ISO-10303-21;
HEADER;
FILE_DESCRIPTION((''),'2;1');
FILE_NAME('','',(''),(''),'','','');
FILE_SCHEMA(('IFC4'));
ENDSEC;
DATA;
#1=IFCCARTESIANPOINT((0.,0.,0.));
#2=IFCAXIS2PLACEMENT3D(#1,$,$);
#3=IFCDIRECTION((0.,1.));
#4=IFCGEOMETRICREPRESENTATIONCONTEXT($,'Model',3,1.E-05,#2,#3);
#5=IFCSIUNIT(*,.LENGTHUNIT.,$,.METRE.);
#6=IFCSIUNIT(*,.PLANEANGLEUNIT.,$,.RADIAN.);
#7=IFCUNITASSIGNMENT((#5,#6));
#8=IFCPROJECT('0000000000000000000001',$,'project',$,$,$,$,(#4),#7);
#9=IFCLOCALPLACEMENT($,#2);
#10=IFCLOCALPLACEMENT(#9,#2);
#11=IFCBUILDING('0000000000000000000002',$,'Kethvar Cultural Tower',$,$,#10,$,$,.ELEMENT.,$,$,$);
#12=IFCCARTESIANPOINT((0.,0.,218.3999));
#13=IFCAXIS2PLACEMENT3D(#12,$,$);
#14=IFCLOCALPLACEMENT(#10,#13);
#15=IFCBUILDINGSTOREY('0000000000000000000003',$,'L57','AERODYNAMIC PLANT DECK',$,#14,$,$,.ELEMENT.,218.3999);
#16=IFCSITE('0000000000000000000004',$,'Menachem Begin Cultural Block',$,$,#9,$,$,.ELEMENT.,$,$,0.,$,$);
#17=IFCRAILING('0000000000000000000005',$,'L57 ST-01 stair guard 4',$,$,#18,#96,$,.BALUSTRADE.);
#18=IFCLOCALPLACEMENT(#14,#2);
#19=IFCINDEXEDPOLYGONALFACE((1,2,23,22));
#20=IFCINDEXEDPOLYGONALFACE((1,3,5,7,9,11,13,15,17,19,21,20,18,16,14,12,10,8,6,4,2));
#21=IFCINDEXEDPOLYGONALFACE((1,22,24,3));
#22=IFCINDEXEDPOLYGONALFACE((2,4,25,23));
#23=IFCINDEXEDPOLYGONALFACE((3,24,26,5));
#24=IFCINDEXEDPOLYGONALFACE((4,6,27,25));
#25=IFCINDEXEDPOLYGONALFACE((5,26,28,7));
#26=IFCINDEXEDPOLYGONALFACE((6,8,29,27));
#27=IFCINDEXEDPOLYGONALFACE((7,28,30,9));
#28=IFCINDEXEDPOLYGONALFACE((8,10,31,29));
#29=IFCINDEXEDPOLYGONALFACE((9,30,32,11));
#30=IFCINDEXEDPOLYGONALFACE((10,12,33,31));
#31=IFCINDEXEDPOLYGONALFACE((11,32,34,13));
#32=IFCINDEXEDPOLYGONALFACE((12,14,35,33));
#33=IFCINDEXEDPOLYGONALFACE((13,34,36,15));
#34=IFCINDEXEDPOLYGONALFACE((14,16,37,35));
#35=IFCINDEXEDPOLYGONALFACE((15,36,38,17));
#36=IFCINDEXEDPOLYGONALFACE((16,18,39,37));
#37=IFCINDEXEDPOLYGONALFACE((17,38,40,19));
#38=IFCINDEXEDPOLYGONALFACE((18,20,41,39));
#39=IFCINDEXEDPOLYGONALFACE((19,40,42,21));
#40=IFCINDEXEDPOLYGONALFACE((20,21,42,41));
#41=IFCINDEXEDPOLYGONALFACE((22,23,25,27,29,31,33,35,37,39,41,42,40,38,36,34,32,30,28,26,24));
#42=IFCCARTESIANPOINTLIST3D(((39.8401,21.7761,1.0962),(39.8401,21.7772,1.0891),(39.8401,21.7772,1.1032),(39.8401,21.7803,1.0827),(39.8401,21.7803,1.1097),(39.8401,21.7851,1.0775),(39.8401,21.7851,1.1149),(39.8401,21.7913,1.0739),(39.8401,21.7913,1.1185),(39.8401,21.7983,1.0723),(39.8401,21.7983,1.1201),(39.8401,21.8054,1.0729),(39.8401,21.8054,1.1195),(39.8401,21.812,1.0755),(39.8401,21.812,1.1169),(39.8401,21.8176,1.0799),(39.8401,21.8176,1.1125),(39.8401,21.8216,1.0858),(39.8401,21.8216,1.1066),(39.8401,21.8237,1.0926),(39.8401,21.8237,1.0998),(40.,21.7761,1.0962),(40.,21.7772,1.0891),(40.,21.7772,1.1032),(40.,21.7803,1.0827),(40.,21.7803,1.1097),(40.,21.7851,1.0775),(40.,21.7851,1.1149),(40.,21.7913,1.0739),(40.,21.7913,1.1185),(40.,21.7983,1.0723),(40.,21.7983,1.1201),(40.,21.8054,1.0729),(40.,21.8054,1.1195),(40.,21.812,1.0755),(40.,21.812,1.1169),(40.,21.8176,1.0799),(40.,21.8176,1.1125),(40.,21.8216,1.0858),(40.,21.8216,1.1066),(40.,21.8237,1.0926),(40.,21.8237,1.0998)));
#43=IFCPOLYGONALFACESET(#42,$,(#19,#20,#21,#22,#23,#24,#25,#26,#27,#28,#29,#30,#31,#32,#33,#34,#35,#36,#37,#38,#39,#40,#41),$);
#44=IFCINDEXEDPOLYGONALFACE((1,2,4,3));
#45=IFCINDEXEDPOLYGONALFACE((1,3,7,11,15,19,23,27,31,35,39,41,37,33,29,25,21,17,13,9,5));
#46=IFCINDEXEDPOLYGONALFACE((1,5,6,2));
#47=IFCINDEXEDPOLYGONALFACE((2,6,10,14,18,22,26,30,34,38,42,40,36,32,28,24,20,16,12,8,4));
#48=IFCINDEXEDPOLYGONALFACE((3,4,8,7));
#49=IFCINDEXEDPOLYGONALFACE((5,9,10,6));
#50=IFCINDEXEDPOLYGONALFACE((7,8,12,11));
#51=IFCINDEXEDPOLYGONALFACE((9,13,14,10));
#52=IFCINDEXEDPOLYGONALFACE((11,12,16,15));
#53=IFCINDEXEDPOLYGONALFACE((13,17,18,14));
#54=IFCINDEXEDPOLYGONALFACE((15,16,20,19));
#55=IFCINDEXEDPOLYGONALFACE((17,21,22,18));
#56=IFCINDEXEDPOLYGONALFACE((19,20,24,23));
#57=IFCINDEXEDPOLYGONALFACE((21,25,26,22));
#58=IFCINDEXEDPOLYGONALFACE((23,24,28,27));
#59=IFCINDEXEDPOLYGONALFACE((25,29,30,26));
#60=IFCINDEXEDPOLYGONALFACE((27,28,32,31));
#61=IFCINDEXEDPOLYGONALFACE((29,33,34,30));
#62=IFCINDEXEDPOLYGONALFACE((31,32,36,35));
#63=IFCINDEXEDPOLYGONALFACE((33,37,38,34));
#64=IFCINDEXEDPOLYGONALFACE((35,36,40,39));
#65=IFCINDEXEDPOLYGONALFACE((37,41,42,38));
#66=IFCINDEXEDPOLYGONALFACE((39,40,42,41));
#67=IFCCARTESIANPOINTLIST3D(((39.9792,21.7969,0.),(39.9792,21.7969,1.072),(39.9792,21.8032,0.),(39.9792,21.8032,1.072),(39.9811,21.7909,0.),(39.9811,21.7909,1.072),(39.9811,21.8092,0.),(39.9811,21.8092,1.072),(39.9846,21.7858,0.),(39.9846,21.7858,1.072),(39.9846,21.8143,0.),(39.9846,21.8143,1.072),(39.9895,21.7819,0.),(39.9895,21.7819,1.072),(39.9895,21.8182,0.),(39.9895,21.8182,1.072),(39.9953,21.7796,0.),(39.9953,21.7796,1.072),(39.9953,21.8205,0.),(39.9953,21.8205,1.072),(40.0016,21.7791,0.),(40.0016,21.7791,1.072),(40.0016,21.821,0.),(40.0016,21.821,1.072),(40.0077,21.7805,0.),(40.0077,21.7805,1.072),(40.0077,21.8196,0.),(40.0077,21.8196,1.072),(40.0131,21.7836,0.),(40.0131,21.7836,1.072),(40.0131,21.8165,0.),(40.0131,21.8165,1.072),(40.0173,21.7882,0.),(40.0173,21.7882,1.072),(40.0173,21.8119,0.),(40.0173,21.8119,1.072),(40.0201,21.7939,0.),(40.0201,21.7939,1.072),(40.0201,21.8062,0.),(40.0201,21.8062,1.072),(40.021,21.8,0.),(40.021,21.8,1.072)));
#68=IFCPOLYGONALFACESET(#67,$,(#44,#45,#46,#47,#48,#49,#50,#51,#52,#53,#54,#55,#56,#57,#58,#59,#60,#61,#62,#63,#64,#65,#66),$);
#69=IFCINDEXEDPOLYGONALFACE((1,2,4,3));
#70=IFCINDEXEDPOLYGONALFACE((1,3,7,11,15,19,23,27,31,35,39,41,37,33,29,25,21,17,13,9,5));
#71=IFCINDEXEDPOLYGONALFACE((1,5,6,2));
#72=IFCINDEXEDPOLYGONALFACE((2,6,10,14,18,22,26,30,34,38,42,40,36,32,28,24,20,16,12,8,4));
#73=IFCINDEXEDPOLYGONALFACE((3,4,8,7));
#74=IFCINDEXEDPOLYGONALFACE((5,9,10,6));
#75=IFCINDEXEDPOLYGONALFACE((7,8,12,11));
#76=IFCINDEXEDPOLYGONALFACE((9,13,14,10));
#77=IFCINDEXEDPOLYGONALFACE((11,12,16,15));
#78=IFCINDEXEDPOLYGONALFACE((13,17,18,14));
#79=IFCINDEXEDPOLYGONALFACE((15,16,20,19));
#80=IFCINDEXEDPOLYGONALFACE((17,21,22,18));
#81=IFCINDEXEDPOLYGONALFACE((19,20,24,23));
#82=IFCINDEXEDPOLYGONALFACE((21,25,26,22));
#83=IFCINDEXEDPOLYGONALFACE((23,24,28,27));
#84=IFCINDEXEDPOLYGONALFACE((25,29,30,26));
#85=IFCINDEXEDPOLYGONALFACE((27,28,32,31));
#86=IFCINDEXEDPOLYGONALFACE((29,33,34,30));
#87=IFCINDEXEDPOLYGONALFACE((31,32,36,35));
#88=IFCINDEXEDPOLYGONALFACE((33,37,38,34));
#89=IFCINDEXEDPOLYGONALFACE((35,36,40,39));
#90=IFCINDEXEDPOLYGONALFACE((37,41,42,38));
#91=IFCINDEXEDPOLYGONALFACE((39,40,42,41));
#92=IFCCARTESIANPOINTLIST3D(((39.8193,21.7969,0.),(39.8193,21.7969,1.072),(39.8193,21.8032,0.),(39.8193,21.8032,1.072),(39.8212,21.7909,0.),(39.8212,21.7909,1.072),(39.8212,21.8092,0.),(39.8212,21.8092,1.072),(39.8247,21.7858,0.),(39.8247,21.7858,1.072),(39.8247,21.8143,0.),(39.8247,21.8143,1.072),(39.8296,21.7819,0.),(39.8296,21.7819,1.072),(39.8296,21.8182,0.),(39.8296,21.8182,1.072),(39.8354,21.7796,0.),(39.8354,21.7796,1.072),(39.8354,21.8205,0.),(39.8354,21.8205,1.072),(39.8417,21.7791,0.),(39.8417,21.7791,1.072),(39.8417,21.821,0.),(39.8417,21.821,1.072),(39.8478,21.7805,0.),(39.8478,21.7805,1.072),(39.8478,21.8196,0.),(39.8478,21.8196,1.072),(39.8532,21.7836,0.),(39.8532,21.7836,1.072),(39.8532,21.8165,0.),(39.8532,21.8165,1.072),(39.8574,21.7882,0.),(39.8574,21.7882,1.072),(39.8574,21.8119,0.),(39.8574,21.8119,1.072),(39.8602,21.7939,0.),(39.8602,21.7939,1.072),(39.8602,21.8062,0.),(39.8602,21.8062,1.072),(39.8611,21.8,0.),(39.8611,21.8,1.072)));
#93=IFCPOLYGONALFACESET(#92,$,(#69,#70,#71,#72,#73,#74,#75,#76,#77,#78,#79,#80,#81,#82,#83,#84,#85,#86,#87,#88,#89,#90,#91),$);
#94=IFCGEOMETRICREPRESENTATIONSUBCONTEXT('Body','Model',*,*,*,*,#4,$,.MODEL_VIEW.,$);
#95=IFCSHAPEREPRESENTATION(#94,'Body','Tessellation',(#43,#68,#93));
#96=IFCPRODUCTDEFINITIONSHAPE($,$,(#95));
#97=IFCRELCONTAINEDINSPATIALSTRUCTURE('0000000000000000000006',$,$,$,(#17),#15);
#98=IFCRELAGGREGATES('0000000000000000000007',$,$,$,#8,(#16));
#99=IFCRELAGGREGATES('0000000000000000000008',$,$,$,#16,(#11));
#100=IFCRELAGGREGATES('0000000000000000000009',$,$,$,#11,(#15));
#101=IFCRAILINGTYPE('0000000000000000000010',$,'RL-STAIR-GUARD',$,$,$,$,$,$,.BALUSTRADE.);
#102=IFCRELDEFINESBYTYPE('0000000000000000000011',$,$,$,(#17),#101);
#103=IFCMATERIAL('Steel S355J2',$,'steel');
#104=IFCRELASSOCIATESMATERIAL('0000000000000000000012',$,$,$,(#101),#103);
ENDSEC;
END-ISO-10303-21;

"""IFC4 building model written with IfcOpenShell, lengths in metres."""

from ifc_helpers import new_model, si_unit, direction, frame, origin, origin_2d, place, context, subcontext, project, spatial, circle, extrude, material, type_object, element, save


model = new_model("IFC4")

# Units and contexts
model_context = context("Model", 3, precision=1e-05, world=origin(), true_north=direction((0.0, 1.0)))
body_context = subcontext(model_context, "Body", "Model", "MODEL_VIEW")
ifc_project = project(units=[si_unit("LENGTHUNIT", "METRE"), si_unit("PLANEANGLEUNIT", "RADIAN")], contexts=[model_context])

# Site, building, storey
site_placement = place(None, origin())
site = spatial("IfcSite", under=ifc_project, at=site_placement, Name="Menachem Begin Cultural Block", CompositionType="ELEMENT", RefElevation=0.0)
building_placement = place(site_placement, origin())
building = spatial("IfcBuilding", under=site, at=building_placement, Name="Kethvar Cultural Tower", CompositionType="ELEMENT")
storey_placement = place(building_placement, frame((0.0, 0.0, 218.3999)))
storey = spatial("IfcBuildingStorey", under=building, at=storey_placement, Name="L57", Description="AERODYNAMIC PLANT DECK", CompositionType="ELEMENT", Elevation=218.3999)

# Shared definitions
ifc_material_1 = material(Name="Steel S355J2", Category="steel")

# Railing
railing_type_1 = type_object("IfcRailingType", Name="RL-STAIR-GUARD", PredefinedType="BALUSTRADE", material=ifc_material_1)
railing_1_placement = place(storey_placement, frame((40.0, 21.8, 0.0)))
element("IfcRailing", 1, at=railing_1_placement, inside=storey, type_object=railing_type_1, Name="L57 ST-01 stair guard 4", PredefinedType="BALUSTRADE", context=body_context, shape_type="SweptSolid", body=[
    extrude(circle(Radius=0.0239, at=origin_2d()), frame((0.0, 0.0, 1.0962), z_axis=(-1.0, 0.0, 0.0), x_axis=(0.0, -1.0, 0.0)), (0.0, 0.0, 1.0), 0.1599),
    extrude(circle(Radius=0.021, at=origin_2d()), origin(), (0.0, 0.0, 1.0), 1.072),
    extrude(circle(Radius=0.021, at=origin_2d()), frame((-0.1599, 0.0, 0.0)), (0.0, 0.0, 1.0), 1.072),
])

save(model, "model.ifc")
